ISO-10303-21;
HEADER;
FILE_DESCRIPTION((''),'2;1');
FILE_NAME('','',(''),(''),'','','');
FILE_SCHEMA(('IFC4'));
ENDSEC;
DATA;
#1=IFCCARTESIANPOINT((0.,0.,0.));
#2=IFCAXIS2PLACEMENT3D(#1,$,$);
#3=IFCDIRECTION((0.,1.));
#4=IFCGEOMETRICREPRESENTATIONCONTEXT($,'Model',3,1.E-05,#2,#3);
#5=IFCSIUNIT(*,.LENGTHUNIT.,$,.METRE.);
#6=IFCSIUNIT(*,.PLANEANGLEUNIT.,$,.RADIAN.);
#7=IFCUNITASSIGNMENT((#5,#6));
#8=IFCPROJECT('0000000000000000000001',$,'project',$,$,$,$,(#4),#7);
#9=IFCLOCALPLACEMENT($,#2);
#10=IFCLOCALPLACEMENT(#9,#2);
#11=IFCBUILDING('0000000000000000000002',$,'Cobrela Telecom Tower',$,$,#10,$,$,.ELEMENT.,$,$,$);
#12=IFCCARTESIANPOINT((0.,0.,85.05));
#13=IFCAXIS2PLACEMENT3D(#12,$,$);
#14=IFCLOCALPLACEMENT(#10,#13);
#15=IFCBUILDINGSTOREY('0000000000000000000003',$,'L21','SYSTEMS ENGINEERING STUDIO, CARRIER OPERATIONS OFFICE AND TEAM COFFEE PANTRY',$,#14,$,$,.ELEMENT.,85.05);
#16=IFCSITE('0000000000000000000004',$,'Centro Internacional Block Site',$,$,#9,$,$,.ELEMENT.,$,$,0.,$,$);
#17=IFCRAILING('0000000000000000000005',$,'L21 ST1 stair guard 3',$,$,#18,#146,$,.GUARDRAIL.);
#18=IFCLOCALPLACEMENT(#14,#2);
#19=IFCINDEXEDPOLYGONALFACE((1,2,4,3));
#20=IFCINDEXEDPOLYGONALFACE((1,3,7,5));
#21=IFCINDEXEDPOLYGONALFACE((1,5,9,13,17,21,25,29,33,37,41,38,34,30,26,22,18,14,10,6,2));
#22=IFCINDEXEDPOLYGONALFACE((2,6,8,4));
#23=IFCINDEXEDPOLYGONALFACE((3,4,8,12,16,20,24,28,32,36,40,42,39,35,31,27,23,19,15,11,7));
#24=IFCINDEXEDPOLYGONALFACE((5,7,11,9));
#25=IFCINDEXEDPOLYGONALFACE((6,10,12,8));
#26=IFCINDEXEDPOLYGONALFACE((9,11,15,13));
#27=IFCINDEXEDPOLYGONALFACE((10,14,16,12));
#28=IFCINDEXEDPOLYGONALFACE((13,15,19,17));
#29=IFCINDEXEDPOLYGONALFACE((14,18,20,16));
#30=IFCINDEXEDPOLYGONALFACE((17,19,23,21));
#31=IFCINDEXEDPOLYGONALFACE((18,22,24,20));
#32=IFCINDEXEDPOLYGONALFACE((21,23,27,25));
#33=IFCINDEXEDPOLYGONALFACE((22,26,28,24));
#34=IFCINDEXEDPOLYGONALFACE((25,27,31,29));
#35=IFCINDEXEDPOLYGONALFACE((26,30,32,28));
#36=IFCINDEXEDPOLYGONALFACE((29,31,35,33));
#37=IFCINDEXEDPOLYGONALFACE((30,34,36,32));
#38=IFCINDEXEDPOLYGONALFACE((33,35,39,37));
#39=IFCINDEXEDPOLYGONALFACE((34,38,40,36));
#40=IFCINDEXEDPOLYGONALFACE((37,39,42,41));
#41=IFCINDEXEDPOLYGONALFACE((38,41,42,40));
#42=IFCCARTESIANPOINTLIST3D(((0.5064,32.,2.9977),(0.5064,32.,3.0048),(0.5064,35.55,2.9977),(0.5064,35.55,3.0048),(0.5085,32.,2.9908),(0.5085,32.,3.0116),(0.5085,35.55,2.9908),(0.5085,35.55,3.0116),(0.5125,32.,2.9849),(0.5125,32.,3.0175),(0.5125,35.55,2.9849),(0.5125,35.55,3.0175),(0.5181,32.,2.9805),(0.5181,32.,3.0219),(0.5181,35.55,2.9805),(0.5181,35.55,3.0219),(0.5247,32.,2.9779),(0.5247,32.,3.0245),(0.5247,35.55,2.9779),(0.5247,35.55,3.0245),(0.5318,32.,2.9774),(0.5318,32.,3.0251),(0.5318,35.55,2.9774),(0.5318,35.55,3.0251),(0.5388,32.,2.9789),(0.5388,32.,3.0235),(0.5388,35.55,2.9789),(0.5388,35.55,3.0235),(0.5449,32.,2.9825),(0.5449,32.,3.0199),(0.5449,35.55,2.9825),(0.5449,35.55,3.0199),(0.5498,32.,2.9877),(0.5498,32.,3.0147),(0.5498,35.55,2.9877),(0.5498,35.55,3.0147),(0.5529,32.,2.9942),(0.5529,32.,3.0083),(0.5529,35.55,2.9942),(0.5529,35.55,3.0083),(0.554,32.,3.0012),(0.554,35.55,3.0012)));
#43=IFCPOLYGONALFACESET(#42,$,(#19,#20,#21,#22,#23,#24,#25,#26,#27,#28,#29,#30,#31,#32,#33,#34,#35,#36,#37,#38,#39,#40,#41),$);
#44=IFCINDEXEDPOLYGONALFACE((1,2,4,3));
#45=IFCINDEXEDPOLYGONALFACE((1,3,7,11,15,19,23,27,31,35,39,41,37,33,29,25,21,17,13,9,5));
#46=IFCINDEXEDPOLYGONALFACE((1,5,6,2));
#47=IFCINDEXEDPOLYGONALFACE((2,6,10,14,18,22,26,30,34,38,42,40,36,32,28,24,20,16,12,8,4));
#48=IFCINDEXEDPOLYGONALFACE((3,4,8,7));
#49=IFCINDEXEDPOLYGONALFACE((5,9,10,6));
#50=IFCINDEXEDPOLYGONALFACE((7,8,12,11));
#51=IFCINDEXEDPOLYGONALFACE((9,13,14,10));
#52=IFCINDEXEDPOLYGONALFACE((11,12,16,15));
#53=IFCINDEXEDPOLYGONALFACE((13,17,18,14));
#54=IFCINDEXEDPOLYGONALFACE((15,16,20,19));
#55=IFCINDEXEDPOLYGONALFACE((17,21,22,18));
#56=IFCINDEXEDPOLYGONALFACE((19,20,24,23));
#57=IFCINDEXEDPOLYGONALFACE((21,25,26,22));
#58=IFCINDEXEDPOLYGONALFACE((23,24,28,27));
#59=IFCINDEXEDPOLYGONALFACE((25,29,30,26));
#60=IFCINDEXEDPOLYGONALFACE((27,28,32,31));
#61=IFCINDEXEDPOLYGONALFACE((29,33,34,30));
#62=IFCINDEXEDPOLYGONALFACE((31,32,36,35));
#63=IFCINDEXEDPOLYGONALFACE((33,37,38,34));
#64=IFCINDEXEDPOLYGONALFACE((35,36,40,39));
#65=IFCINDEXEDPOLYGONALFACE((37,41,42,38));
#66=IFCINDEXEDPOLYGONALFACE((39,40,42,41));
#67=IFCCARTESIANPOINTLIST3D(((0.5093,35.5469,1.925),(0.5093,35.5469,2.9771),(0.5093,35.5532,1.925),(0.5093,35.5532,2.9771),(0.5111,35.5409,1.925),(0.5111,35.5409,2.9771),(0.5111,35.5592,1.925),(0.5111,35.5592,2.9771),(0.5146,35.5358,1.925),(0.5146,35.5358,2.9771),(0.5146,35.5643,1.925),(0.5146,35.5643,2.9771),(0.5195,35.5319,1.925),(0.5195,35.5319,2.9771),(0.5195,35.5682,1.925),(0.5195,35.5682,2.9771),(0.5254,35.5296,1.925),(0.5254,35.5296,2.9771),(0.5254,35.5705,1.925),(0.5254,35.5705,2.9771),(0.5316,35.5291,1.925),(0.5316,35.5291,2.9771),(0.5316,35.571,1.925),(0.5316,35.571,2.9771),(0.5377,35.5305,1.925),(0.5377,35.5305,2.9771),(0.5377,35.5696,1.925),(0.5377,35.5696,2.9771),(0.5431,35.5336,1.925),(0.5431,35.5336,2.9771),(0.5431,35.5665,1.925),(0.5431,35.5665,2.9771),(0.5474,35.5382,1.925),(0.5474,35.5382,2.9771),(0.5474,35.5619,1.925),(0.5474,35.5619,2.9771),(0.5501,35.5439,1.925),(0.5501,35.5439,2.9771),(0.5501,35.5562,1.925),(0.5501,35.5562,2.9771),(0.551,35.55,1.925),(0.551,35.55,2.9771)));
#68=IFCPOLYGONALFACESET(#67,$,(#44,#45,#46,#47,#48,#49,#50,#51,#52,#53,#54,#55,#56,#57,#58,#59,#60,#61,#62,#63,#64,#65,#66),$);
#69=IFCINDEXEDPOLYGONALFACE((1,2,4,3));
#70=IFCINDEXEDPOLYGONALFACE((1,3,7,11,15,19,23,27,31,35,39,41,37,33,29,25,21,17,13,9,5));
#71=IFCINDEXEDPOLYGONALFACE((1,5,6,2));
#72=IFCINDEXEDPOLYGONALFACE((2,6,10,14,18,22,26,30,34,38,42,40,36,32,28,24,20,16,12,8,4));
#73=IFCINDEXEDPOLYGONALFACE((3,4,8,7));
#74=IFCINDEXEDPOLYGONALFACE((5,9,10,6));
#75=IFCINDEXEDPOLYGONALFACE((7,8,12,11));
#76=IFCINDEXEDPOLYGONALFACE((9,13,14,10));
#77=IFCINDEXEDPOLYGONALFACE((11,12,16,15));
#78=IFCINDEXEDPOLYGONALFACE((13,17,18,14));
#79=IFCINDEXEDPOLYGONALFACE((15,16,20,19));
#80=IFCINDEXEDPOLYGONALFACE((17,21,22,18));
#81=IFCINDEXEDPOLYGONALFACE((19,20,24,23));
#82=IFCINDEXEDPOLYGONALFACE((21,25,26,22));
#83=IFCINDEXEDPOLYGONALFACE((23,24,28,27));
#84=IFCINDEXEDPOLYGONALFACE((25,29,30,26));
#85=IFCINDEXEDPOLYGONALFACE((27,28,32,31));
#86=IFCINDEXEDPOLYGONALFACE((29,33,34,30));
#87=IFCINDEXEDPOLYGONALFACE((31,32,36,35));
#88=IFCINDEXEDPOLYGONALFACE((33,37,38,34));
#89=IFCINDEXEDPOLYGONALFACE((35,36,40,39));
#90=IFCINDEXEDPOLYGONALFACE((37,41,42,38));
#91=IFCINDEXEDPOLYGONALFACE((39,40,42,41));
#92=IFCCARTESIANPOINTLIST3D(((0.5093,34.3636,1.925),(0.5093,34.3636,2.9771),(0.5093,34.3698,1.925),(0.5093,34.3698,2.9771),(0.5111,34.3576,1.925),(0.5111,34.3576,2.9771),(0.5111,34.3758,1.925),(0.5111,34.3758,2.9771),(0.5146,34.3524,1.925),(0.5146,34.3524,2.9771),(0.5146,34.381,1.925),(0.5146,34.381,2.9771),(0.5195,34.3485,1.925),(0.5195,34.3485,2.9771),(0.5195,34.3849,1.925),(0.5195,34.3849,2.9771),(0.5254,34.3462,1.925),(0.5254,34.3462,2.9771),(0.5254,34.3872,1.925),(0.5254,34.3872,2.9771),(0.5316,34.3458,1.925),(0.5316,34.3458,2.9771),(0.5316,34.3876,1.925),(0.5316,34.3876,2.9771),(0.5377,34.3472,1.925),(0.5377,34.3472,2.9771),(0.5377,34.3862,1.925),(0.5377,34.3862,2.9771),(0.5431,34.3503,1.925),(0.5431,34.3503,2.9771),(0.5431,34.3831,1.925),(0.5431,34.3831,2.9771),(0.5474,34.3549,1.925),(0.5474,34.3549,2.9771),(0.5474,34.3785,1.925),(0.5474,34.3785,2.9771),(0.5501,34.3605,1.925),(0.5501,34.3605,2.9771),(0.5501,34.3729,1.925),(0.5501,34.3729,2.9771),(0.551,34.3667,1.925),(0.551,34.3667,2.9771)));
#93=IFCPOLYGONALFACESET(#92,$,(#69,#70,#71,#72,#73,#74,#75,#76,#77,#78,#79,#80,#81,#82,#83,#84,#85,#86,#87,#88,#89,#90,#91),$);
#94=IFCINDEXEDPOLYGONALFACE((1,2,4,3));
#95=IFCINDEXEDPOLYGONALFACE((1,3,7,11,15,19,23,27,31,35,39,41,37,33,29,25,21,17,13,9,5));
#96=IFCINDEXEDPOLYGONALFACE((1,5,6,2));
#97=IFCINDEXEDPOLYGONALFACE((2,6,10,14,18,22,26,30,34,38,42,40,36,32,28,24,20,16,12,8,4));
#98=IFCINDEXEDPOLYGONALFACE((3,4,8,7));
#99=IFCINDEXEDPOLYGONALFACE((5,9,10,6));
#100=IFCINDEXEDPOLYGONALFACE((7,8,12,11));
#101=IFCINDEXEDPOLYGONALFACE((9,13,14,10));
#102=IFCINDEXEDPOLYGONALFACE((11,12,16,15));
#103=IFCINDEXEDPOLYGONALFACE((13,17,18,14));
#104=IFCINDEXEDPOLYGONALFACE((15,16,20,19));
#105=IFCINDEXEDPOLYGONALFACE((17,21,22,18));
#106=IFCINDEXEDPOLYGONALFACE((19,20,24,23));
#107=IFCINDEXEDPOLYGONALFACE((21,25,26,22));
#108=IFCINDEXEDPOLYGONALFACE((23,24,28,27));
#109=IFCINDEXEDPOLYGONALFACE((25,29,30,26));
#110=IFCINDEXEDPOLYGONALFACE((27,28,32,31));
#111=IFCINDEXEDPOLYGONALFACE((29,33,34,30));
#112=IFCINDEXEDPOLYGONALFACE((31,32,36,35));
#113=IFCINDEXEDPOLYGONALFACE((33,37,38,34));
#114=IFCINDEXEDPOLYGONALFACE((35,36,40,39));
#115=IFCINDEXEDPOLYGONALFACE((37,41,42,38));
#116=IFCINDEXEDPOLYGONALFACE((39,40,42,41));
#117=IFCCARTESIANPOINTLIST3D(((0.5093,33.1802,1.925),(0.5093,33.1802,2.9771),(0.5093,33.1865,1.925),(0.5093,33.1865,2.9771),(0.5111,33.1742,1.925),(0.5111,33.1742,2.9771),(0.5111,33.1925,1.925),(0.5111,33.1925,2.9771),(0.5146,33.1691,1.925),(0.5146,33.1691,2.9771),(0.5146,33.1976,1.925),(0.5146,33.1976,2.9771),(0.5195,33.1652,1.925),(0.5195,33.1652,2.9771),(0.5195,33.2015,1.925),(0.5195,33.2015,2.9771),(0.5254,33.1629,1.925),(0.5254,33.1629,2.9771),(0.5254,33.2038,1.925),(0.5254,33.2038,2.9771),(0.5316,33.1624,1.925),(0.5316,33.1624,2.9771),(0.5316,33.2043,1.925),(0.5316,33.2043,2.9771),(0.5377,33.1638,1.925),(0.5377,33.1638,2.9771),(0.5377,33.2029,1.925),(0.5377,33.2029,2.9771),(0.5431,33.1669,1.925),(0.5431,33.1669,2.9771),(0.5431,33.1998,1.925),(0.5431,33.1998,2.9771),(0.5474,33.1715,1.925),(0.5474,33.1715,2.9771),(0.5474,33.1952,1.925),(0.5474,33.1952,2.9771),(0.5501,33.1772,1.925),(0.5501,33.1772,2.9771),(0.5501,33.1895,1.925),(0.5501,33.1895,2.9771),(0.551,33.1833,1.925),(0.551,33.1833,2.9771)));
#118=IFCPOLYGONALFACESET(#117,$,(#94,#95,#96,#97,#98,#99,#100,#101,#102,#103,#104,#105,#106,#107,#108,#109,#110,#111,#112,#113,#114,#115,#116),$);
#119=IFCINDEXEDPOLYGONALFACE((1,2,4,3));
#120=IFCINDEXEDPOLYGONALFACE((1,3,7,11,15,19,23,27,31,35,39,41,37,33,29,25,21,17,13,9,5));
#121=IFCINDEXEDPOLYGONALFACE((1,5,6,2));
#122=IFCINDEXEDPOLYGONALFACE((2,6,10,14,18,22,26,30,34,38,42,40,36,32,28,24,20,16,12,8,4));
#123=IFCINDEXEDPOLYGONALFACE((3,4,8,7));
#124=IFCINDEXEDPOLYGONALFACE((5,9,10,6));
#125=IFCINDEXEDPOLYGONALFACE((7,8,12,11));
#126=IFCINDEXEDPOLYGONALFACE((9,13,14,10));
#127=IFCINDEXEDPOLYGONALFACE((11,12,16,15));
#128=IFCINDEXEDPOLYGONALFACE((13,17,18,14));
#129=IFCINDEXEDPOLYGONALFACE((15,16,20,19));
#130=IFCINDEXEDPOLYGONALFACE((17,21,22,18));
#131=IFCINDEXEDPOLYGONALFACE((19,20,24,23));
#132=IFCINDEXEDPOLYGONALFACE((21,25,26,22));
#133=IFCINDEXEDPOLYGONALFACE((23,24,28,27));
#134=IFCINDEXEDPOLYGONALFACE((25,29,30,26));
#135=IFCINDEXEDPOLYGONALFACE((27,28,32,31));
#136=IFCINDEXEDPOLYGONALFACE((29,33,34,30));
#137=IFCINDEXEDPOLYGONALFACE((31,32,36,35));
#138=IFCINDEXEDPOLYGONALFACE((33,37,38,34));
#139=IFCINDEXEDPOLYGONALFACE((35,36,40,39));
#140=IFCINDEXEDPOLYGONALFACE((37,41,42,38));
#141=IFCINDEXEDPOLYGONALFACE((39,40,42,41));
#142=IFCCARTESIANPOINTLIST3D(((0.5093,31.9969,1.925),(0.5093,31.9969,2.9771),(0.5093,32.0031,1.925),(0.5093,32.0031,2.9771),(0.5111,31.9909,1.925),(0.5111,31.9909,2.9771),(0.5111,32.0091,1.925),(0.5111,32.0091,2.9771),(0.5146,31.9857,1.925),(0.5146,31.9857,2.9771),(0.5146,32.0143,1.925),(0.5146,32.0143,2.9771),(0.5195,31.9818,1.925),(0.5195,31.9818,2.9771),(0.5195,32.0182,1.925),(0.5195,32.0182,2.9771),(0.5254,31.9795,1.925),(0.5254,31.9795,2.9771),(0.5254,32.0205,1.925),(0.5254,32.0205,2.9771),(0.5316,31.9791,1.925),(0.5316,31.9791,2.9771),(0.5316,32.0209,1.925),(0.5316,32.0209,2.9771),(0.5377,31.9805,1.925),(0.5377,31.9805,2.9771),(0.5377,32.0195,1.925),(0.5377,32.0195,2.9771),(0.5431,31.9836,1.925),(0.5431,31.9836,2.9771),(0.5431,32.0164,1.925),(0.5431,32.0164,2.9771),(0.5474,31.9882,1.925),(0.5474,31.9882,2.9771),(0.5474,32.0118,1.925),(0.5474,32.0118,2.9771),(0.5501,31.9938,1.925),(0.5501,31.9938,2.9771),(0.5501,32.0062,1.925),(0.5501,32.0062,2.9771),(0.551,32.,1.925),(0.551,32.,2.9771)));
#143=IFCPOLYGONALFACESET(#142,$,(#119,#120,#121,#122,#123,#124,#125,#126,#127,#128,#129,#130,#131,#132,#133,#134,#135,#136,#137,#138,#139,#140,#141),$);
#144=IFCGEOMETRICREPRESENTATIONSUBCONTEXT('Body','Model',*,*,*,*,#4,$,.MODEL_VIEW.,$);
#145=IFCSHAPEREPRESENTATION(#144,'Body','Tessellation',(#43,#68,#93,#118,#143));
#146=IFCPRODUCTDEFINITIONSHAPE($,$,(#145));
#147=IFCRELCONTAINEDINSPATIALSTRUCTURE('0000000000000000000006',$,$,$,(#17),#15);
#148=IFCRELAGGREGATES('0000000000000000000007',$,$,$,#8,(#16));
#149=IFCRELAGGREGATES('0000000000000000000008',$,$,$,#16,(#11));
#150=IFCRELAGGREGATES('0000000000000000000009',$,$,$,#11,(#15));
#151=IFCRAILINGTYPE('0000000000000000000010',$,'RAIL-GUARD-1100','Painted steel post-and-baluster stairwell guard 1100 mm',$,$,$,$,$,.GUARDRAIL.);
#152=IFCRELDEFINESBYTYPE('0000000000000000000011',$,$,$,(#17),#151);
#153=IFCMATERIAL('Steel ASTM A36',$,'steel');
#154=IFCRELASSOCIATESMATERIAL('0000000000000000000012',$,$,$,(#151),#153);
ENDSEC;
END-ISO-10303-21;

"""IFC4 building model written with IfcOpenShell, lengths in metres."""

from ifc_helpers import new_model, si_unit, direction, frame, origin, origin_2d, place, context, subcontext, project, spatial, circle, extrude, material, type_object, element, save


model = new_model("IFC4")

# Units and contexts
model_context = context("Model", 3, precision=1e-05, world=origin(), true_north=direction((0.0, 1.0)))
body_context = subcontext(model_context, "Body", "Model", "MODEL_VIEW")
ifc_project = project(units=[si_unit("LENGTHUNIT", "METRE"), si_unit("PLANEANGLEUNIT", "RADIAN")], contexts=[model_context])

# Site, building, storey
site_placement = place(None, origin())
site = spatial("IfcSite", under=ifc_project, at=site_placement, Name="Centro Internacional Block Site", CompositionType="ELEMENT", RefElevation=0.0)
building_placement = place(site_placement, origin())
building = spatial("IfcBuilding", under=site, at=building_placement, Name="Cobrela Telecom Tower", CompositionType="ELEMENT")
storey_placement = place(building_placement, frame((0.0, 0.0, 85.05)))
storey = spatial("IfcBuildingStorey", under=building, at=storey_placement, Name="L21", Description="SYSTEMS ENGINEERING STUDIO, CARRIER OPERATIONS OFFICE AND TEAM COFFEE PANTRY", CompositionType="ELEMENT", Elevation=85.05)

# Shared definitions
ifc_material_1 = material(Name="Steel ASTM A36", Category="steel")

# Railing
railing_type_1 = type_object("IfcRailingType", Name="RAIL-GUARD-1100", Description="Painted steel post-and-baluster stairwell guard 1100 mm", PredefinedType="GUARDRAIL", material=ifc_material_1)
railing_1_placement = place(storey_placement, frame((0.53, 35.55, 1.925)))
element("IfcRailing", 1, at=railing_1_placement, inside=storey, type_object=railing_type_1, Name="L21 ST1 stair guard 3", PredefinedType="GUARDRAIL", context=body_context, shape_type="SweptSolid", body=[
    extrude(circle(Radius=0.0239, at=origin_2d()), frame((0.0, 0.0, 1.0762), z_axis=(0.0, -1.0, 0.0), x_axis=(1.0, 0.0, 0.0)), (0.0, 0.0, 1.0), 3.55),
    extrude(circle(Radius=0.021, at=origin_2d()), origin(), (0.0, 0.0, 1.0), 1.052),
    extrude(circle(Radius=0.021, at=origin_2d()), frame((0.0, -1.1833, 0.0)), (0.0, 0.0, 1.0), 1.052),
    extrude(circle(Radius=0.021, at=origin_2d()), frame((0.0, -2.3667, 0.0)), (0.0, 0.0, 1.0), 1.052),
    extrude(circle(Radius=0.021, at=origin_2d()), frame((0.0, -3.55, 0.0)), (0.0, 0.0, 1.0), 1.052),
])

save(model, "model.ifc")
